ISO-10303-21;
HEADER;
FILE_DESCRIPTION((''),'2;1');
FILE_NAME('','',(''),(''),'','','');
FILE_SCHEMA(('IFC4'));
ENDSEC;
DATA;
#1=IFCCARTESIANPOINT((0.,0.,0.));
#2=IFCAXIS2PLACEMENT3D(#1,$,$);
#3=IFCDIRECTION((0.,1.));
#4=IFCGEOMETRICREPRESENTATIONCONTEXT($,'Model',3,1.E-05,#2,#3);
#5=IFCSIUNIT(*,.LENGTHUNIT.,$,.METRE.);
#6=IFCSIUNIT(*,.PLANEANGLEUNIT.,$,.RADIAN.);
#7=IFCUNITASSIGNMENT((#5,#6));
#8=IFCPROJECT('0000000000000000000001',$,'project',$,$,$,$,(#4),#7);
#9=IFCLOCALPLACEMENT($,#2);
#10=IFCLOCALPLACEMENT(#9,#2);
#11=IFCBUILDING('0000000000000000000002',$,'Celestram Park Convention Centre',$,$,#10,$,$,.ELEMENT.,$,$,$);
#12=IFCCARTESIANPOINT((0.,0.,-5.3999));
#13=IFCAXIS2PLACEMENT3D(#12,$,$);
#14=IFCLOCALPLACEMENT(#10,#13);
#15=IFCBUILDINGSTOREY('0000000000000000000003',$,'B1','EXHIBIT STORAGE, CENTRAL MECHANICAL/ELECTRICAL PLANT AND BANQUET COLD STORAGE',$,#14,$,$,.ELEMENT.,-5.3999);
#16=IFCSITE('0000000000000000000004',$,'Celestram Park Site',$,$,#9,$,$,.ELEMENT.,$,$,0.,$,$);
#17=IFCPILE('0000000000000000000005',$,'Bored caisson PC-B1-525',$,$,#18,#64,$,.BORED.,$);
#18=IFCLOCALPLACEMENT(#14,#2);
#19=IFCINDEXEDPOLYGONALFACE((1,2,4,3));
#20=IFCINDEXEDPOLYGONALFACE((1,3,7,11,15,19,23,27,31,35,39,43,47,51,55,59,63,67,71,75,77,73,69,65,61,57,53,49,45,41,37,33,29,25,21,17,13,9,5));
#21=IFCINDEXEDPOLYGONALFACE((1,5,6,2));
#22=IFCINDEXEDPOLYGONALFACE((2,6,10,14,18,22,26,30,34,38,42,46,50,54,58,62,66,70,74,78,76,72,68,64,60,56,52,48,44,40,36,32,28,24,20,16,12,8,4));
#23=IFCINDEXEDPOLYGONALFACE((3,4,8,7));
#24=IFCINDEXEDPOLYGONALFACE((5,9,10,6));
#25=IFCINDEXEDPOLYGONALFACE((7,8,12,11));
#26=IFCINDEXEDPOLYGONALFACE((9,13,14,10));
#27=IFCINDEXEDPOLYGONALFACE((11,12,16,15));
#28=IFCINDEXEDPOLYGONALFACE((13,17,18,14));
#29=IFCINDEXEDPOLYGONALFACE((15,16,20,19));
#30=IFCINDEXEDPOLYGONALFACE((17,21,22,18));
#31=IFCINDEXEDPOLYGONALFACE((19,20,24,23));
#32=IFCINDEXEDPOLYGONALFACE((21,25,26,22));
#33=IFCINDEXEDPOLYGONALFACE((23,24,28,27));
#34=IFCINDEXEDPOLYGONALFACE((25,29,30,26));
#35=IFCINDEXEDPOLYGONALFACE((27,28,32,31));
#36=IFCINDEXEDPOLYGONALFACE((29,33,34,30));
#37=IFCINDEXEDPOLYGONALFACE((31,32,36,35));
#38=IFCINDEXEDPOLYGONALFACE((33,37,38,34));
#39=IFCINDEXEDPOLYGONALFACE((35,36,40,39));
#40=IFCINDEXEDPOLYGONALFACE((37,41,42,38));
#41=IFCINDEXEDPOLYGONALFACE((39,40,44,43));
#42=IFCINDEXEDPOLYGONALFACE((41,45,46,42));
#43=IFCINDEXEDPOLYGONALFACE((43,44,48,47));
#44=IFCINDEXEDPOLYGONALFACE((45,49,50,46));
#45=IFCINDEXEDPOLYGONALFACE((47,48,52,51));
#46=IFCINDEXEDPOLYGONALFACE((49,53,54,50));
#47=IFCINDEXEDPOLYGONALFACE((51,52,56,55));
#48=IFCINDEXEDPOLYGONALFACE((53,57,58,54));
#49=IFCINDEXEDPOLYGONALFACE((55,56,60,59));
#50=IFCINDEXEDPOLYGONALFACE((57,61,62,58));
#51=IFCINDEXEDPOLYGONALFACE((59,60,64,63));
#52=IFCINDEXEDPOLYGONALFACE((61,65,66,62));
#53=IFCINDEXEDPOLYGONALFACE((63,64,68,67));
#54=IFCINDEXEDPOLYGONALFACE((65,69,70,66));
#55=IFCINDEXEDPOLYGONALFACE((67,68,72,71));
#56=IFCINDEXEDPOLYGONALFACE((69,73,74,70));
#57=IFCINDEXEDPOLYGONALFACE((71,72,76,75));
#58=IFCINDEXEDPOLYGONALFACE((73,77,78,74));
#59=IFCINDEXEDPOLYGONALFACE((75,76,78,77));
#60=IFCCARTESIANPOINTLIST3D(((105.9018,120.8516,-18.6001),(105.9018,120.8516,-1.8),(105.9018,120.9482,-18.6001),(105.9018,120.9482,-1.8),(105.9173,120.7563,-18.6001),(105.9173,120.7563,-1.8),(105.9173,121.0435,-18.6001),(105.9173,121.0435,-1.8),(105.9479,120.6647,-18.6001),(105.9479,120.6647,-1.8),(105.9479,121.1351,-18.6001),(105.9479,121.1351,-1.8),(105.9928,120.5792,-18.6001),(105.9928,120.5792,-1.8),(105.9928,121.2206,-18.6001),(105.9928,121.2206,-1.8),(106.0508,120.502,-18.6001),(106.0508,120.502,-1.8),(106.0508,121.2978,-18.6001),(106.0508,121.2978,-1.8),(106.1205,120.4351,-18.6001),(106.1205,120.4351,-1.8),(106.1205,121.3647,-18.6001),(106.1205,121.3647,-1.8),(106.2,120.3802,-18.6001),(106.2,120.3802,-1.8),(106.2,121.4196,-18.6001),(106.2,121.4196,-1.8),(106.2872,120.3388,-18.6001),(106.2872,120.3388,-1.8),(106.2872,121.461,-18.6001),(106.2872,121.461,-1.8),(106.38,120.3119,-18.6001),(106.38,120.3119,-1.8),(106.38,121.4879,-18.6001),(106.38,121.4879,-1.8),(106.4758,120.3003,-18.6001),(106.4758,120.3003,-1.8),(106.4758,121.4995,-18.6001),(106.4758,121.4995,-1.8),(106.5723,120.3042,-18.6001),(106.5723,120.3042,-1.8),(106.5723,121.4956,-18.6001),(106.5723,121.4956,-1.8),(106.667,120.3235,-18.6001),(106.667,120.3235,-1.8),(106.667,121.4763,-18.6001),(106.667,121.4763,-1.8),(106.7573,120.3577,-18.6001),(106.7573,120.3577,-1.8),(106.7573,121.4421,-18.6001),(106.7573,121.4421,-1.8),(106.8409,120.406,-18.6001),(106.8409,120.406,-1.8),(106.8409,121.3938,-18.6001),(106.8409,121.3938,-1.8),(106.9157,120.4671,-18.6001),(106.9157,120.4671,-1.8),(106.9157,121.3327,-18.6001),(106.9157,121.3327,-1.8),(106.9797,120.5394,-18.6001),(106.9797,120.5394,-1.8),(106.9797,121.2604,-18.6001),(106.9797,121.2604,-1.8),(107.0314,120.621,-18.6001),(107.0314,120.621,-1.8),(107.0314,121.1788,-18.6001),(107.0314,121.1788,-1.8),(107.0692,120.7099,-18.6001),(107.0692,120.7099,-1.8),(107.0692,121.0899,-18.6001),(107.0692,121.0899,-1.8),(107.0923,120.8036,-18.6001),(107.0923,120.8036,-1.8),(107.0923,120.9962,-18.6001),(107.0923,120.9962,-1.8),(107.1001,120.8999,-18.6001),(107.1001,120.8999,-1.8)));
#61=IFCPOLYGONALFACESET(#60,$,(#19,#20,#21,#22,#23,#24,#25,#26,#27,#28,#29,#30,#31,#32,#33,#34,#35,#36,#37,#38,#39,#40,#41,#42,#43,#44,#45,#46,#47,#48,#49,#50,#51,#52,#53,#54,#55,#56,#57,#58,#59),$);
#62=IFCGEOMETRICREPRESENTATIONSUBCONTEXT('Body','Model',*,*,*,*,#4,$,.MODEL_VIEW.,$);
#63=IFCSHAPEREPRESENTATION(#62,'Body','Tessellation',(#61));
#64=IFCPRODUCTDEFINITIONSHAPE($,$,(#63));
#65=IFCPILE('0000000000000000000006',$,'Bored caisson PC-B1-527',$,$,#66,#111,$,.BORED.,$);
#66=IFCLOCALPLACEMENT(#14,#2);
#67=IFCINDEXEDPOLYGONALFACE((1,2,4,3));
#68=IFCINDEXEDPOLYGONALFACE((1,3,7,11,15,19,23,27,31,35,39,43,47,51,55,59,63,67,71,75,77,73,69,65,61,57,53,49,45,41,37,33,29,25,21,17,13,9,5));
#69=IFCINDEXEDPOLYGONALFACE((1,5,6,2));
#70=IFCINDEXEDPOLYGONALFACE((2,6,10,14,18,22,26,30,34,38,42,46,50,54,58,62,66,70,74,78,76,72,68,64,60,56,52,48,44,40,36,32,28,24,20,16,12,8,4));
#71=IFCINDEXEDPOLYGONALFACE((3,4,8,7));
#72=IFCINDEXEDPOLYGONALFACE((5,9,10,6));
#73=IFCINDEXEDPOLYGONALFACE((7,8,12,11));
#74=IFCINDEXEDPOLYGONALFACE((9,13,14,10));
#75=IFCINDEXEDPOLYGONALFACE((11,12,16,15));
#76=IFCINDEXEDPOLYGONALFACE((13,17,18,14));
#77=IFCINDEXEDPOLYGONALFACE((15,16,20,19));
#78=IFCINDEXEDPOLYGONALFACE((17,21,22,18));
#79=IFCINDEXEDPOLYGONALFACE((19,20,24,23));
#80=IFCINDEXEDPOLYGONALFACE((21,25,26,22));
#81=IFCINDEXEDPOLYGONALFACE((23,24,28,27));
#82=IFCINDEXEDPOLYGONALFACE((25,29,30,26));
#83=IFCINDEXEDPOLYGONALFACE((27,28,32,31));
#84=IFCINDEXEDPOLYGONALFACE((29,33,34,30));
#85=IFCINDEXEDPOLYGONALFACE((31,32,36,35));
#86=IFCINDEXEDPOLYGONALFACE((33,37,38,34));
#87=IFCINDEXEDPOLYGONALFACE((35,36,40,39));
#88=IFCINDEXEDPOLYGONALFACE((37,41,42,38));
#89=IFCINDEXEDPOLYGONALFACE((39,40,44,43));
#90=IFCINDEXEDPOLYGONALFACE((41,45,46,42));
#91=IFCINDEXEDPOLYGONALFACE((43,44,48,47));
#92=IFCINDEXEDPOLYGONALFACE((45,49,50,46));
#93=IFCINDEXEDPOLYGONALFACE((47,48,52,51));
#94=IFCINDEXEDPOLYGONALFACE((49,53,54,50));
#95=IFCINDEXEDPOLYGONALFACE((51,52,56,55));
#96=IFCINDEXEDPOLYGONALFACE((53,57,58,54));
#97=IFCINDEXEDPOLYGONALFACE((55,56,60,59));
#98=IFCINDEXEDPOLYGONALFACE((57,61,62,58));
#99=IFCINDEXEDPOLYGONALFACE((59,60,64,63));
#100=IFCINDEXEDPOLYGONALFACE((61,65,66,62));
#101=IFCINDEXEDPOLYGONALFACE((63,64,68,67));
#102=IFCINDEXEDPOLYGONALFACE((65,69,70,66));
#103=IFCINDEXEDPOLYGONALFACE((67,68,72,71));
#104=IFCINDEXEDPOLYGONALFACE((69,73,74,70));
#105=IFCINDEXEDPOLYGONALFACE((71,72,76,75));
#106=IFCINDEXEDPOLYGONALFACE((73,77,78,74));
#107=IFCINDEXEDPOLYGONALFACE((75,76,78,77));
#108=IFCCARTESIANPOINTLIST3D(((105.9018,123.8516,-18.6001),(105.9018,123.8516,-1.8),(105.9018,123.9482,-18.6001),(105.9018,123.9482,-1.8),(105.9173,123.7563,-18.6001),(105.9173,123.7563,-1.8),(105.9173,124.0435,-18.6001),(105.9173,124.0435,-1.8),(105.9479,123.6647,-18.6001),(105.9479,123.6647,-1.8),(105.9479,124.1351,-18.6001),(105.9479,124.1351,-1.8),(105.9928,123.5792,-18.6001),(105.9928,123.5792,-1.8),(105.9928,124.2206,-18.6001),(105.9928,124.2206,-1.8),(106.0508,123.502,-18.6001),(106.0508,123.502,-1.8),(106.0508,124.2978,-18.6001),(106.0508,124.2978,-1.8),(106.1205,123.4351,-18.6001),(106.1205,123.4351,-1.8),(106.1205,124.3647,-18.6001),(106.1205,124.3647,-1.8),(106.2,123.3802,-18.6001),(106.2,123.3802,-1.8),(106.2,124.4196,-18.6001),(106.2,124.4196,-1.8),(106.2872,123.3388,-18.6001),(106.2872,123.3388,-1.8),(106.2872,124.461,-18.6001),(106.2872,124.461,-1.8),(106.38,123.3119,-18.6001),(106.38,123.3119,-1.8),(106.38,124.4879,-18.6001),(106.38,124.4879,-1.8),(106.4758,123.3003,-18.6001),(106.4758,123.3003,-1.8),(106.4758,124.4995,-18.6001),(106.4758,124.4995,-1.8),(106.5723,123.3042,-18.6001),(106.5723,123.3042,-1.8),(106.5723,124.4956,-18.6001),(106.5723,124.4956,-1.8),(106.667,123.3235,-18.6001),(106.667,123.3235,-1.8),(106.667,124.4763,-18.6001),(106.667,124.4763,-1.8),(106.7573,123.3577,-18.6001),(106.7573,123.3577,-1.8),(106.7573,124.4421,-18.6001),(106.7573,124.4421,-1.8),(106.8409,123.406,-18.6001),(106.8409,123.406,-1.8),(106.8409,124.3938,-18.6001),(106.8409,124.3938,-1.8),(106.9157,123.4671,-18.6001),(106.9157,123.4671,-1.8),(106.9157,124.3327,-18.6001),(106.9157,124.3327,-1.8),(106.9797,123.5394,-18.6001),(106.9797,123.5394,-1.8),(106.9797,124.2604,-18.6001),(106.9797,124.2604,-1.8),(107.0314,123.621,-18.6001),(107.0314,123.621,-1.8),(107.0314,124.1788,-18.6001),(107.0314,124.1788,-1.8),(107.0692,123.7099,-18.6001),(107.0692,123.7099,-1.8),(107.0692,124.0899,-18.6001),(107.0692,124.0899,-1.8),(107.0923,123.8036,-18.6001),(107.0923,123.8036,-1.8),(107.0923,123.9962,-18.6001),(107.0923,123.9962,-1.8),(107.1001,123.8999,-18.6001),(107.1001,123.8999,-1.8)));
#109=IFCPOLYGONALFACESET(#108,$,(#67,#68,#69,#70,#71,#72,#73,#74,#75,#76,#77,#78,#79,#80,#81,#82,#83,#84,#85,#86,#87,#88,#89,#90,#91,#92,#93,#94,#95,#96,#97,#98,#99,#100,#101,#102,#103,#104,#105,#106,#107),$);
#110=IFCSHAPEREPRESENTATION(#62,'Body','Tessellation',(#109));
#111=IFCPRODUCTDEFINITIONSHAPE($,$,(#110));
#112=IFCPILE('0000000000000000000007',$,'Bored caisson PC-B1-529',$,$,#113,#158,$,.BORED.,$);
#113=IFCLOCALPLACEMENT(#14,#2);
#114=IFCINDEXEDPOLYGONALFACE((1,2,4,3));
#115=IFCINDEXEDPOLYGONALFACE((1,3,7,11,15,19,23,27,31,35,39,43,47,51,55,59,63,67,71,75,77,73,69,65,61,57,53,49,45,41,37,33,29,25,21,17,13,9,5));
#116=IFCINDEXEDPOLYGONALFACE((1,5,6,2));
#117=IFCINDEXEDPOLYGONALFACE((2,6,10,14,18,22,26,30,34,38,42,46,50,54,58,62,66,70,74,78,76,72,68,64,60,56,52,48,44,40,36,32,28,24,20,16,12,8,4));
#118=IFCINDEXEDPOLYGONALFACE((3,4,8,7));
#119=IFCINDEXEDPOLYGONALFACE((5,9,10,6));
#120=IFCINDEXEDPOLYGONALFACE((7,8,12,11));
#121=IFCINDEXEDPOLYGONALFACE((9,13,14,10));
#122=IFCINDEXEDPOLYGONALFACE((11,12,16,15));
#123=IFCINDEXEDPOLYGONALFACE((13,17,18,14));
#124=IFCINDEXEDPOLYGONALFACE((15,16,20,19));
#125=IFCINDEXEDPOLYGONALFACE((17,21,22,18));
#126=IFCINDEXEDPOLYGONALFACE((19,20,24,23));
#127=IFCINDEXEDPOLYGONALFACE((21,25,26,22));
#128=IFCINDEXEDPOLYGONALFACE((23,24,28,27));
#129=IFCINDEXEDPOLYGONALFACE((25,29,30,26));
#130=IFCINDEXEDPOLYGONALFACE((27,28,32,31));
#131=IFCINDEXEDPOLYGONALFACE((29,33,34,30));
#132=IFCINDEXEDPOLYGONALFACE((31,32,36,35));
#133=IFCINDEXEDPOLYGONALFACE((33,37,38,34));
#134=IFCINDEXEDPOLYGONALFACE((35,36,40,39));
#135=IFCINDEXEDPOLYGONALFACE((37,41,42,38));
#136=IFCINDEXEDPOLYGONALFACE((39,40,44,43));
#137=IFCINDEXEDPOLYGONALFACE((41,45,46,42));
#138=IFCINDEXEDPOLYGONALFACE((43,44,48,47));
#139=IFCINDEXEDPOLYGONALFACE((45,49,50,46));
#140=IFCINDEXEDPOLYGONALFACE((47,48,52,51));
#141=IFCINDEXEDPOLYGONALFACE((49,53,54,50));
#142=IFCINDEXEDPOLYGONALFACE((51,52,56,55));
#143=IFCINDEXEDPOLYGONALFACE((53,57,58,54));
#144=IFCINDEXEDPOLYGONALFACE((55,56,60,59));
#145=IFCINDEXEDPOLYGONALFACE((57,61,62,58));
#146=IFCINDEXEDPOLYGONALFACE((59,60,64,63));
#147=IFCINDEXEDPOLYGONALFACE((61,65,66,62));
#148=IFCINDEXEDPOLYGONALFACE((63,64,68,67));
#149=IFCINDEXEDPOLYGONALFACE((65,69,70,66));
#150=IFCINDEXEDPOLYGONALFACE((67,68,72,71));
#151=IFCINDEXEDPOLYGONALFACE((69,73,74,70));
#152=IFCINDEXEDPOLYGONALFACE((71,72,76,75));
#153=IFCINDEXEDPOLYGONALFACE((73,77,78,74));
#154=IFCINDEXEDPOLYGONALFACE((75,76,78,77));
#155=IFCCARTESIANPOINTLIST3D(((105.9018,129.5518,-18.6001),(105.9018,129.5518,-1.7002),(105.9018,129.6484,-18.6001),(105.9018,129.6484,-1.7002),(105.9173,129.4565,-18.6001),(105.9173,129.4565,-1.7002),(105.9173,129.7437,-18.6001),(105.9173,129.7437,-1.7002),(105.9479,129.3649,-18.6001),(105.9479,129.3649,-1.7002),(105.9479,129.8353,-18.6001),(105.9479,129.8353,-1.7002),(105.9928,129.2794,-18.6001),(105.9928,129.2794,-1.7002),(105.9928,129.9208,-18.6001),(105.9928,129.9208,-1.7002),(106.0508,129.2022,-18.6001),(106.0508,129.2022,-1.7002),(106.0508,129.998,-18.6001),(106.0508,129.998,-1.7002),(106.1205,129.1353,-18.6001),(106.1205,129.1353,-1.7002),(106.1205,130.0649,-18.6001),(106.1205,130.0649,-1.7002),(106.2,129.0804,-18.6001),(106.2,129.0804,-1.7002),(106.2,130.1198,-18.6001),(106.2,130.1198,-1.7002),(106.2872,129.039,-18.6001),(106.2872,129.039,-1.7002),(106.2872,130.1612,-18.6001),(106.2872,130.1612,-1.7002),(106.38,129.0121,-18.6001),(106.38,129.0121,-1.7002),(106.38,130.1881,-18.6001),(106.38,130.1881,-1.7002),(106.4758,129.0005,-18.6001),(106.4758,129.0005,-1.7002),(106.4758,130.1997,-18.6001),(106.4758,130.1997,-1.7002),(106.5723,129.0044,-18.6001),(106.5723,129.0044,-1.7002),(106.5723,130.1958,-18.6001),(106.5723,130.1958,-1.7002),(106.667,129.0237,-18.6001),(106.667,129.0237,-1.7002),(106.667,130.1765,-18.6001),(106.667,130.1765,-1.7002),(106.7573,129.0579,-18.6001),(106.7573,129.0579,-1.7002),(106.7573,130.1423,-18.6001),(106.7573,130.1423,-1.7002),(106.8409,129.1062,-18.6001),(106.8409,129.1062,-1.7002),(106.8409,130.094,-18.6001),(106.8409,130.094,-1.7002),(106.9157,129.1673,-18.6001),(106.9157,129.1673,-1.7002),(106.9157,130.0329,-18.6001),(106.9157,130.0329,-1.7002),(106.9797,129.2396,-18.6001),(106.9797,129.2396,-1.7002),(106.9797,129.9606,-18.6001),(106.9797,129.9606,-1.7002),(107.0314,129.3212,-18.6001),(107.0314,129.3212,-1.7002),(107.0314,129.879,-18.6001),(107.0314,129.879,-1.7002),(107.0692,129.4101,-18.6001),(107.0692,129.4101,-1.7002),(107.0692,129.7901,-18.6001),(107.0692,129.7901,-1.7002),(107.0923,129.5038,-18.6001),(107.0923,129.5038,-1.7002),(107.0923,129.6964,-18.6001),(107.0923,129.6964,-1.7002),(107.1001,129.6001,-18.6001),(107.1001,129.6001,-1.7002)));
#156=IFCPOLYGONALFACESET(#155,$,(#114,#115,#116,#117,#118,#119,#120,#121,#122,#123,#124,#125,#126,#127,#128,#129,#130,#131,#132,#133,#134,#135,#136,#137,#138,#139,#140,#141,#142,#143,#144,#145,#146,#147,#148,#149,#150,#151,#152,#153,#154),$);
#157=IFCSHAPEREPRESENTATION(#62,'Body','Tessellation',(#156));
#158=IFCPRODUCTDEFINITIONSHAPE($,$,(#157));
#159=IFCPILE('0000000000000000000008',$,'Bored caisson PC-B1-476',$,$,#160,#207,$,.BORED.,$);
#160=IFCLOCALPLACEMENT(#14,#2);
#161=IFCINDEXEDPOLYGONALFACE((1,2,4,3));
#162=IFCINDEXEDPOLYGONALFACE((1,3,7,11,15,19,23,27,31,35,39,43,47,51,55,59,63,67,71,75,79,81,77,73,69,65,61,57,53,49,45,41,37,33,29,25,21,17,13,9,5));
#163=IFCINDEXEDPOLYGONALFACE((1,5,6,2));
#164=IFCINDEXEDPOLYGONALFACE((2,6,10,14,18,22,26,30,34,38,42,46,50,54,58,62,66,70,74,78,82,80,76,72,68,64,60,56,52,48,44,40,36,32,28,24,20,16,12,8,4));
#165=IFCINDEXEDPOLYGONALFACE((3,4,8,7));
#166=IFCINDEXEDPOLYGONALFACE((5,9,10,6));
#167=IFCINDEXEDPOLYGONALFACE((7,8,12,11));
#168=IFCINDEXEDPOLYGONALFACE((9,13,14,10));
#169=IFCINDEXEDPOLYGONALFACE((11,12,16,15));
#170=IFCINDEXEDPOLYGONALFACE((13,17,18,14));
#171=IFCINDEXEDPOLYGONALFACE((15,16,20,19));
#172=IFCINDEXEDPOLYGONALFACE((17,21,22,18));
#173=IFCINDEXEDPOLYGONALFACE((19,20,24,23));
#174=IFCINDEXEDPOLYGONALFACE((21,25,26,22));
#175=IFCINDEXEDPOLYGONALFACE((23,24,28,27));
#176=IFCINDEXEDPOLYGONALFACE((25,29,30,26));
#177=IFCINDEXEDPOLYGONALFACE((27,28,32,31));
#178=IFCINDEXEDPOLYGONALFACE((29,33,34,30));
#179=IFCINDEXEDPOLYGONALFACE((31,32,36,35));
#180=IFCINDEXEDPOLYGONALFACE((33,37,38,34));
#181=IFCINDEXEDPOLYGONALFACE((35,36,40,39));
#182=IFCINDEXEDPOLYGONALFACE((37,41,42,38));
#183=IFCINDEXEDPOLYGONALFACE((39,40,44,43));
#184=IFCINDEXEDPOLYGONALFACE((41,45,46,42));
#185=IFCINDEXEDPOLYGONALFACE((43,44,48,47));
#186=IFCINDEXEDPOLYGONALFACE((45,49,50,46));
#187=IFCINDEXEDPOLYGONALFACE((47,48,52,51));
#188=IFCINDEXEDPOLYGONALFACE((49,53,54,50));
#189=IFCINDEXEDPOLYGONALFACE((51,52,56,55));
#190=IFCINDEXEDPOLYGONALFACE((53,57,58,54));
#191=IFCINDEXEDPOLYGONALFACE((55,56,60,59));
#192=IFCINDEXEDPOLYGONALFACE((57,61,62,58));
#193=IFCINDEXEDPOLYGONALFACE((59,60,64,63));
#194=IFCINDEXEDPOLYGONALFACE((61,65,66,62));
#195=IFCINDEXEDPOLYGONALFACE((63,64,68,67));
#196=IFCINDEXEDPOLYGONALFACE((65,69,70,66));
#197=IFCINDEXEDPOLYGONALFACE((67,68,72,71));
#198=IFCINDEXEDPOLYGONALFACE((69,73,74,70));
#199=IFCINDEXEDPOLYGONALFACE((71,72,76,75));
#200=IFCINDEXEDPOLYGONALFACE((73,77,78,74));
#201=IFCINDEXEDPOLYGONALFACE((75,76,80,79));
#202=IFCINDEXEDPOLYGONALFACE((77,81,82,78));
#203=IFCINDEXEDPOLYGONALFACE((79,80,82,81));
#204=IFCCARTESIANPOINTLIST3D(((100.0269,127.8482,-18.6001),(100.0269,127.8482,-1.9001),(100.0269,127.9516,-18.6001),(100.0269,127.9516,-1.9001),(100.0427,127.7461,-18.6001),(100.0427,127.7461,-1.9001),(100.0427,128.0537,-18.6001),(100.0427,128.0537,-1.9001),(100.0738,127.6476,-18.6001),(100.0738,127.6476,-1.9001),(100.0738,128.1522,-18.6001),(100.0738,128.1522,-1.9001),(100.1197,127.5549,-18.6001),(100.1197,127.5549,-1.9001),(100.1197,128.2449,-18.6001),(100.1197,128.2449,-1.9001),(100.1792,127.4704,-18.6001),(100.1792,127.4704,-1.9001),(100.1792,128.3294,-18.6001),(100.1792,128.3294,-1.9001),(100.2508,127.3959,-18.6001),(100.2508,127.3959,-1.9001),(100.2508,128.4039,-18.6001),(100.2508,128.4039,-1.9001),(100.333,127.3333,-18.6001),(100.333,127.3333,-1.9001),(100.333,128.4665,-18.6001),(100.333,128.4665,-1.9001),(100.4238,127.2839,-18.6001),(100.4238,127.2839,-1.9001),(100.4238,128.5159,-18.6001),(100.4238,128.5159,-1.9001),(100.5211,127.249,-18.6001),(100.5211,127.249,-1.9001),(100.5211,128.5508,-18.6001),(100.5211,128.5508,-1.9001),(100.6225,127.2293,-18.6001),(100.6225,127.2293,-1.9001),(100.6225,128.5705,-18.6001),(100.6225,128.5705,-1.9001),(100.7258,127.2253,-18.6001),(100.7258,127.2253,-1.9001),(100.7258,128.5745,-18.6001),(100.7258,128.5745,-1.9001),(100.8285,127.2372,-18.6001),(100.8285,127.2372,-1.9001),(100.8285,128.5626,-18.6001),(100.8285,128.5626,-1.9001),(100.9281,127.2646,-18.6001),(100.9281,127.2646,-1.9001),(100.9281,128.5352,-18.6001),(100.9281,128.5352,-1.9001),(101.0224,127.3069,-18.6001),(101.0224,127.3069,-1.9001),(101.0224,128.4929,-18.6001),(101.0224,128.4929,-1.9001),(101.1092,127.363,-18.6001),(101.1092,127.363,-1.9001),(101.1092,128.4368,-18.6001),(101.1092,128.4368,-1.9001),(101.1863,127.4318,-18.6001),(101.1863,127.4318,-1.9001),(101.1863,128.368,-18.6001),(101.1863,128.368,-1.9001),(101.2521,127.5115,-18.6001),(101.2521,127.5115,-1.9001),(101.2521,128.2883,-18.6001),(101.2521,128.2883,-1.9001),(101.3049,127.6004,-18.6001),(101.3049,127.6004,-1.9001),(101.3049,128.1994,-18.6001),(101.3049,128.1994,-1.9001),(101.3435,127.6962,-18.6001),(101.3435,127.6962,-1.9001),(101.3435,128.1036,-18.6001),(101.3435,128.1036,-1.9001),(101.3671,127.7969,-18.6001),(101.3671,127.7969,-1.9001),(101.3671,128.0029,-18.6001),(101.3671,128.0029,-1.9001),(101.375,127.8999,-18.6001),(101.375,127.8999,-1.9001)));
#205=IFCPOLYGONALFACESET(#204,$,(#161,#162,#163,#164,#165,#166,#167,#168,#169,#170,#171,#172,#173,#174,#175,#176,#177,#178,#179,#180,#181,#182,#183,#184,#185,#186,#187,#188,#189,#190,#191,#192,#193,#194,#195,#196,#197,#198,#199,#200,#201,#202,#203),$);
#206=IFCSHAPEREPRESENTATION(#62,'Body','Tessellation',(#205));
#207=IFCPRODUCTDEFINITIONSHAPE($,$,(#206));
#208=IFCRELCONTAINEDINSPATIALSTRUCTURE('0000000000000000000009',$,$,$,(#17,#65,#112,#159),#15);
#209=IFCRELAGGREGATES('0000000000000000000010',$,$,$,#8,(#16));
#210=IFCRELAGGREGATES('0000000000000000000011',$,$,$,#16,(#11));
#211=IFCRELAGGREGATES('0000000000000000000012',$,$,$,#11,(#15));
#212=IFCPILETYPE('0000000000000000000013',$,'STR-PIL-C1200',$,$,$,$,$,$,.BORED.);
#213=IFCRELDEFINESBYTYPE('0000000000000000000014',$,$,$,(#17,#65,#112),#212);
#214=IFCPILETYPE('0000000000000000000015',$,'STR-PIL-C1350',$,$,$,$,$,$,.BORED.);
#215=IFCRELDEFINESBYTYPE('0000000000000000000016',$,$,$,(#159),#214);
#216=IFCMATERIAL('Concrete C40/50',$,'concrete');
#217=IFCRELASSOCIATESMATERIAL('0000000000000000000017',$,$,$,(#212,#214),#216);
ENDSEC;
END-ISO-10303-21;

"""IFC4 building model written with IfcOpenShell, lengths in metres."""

from ifc_helpers import new_model, si_unit, direction, frame, origin, origin_2d, place, context, subcontext, project, spatial, circle, extrude, material, material_profile, profile_set, type_object, element, save


model = new_model("IFC4")

# Units and contexts
model_context = context("Model", 3, precision=1e-05, world=origin(), true_north=direction((0.0, 1.0)))
body_context = subcontext(model_context, "Body", "Model", "MODEL_VIEW")
ifc_project = project(units=[si_unit("LENGTHUNIT", "METRE"), si_unit("PLANEANGLEUNIT", "RADIAN")], contexts=[model_context])

# Site, building, storey
site_placement = place(None, origin())
site = spatial("IfcSite", under=ifc_project, at=site_placement, Name="Celestram Park Site", CompositionType="ELEMENT", RefElevation=0.0)
building_placement = place(site_placement, origin())
building = spatial("IfcBuilding", under=site, at=building_placement, Name="Celestram Park Convention Centre", CompositionType="ELEMENT")
storey_placement = place(building_placement, frame((0.0, 0.0, -5.3999)))
storey = spatial("IfcBuildingStorey", under=building, at=storey_placement, Name="B1", Description="EXHIBIT STORAGE, CENTRAL MECHANICAL/ELECTRICAL PLANT AND BANQUET COLD STORAGE", CompositionType="ELEMENT", Elevation=-5.3999)

# Shared definitions
ifc_material_1 = material(Name="Concrete C40/50", Category="concrete")

# Piles
ifc_material_profile_1 = material_profile(ifc_material_1, circle(Radius=0.6001, at=origin_2d()), Name="CAISSON1200")
ifc_profile_set_1 = profile_set([ifc_material_profile_1], Name="Concrete C40/50")
pile_type_1 = type_object("IfcPileType", Name="STR-PIL-C1200", PredefinedType="BORED", material=ifc_profile_set_1)
for number, where, z_axis, x_axis, name in (
    (1, (106.5, 120.8999, -1.8), (0.0, 0.0, -1.0), (1.0, 0.0, 0.0), "Bored caisson PC-B1-525"),
    (2, (106.5, 123.8999, -1.8), (0.0, 0.0, -1.0), (1.0, 0.0, 0.0), "Bored caisson PC-B1-527"),
):
    element("IfcPile", number, at=place(storey_placement, frame(where, z_axis=z_axis, x_axis=x_axis)), inside=storey, type_object=pile_type_1, Name=name, PredefinedType="BORED", context=body_context, shape_type="SweptSolid", body=[
        extrude(circle(Radius=0.6001, at=origin_2d()), origin(), (0.0, 0.0, 1.0), 16.8),
    ])
pile_placement = place(storey_placement, frame((106.5, 129.6001, -1.7002), z_axis=(0.0, 0.0, -1.0), x_axis=(1.0, 0.0, 0.0)))
element("IfcPile", 3, at=pile_placement, inside=storey, type_object=pile_type_1, Name="Bored caisson PC-B1-529", PredefinedType="BORED", context=body_context, shape_type="SweptSolid", body=[
    extrude(circle(Radius=0.6001, at=origin_2d()), origin(), (0.0, 0.0, 1.0), 16.8999),
])
ifc_material_profile_2 = material_profile(ifc_material_1, circle(Radius=0.675, at=origin_2d()), Name="CAISSON1350")
ifc_profile_set_2 = profile_set([ifc_material_profile_2], Name="Concrete C40/50")
pile_type_2 = type_object("IfcPileType", Name="STR-PIL-C1350", PredefinedType="BORED", material=ifc_profile_set_2)
for number, where, z_axis, x_axis, name in (
    (4, (100.7, 127.8999, -1.9001), (0.0, 0.0, -1.0), (1.0, 0.0, 0.0), "Bored caisson PC-B1-476"),
):
    element("IfcPile", number, at=place(storey_placement, frame(where, z_axis=z_axis, x_axis=x_axis)), inside=storey, type_object=pile_type_2, Name=name, PredefinedType="BORED", context=body_context, shape_type="SweptSolid", body=[
        extrude(circle(Radius=0.675, at=origin_2d()), origin(), (0.0, 0.0, 1.0), 16.7),
    ])

save(model, "model.ifc")
